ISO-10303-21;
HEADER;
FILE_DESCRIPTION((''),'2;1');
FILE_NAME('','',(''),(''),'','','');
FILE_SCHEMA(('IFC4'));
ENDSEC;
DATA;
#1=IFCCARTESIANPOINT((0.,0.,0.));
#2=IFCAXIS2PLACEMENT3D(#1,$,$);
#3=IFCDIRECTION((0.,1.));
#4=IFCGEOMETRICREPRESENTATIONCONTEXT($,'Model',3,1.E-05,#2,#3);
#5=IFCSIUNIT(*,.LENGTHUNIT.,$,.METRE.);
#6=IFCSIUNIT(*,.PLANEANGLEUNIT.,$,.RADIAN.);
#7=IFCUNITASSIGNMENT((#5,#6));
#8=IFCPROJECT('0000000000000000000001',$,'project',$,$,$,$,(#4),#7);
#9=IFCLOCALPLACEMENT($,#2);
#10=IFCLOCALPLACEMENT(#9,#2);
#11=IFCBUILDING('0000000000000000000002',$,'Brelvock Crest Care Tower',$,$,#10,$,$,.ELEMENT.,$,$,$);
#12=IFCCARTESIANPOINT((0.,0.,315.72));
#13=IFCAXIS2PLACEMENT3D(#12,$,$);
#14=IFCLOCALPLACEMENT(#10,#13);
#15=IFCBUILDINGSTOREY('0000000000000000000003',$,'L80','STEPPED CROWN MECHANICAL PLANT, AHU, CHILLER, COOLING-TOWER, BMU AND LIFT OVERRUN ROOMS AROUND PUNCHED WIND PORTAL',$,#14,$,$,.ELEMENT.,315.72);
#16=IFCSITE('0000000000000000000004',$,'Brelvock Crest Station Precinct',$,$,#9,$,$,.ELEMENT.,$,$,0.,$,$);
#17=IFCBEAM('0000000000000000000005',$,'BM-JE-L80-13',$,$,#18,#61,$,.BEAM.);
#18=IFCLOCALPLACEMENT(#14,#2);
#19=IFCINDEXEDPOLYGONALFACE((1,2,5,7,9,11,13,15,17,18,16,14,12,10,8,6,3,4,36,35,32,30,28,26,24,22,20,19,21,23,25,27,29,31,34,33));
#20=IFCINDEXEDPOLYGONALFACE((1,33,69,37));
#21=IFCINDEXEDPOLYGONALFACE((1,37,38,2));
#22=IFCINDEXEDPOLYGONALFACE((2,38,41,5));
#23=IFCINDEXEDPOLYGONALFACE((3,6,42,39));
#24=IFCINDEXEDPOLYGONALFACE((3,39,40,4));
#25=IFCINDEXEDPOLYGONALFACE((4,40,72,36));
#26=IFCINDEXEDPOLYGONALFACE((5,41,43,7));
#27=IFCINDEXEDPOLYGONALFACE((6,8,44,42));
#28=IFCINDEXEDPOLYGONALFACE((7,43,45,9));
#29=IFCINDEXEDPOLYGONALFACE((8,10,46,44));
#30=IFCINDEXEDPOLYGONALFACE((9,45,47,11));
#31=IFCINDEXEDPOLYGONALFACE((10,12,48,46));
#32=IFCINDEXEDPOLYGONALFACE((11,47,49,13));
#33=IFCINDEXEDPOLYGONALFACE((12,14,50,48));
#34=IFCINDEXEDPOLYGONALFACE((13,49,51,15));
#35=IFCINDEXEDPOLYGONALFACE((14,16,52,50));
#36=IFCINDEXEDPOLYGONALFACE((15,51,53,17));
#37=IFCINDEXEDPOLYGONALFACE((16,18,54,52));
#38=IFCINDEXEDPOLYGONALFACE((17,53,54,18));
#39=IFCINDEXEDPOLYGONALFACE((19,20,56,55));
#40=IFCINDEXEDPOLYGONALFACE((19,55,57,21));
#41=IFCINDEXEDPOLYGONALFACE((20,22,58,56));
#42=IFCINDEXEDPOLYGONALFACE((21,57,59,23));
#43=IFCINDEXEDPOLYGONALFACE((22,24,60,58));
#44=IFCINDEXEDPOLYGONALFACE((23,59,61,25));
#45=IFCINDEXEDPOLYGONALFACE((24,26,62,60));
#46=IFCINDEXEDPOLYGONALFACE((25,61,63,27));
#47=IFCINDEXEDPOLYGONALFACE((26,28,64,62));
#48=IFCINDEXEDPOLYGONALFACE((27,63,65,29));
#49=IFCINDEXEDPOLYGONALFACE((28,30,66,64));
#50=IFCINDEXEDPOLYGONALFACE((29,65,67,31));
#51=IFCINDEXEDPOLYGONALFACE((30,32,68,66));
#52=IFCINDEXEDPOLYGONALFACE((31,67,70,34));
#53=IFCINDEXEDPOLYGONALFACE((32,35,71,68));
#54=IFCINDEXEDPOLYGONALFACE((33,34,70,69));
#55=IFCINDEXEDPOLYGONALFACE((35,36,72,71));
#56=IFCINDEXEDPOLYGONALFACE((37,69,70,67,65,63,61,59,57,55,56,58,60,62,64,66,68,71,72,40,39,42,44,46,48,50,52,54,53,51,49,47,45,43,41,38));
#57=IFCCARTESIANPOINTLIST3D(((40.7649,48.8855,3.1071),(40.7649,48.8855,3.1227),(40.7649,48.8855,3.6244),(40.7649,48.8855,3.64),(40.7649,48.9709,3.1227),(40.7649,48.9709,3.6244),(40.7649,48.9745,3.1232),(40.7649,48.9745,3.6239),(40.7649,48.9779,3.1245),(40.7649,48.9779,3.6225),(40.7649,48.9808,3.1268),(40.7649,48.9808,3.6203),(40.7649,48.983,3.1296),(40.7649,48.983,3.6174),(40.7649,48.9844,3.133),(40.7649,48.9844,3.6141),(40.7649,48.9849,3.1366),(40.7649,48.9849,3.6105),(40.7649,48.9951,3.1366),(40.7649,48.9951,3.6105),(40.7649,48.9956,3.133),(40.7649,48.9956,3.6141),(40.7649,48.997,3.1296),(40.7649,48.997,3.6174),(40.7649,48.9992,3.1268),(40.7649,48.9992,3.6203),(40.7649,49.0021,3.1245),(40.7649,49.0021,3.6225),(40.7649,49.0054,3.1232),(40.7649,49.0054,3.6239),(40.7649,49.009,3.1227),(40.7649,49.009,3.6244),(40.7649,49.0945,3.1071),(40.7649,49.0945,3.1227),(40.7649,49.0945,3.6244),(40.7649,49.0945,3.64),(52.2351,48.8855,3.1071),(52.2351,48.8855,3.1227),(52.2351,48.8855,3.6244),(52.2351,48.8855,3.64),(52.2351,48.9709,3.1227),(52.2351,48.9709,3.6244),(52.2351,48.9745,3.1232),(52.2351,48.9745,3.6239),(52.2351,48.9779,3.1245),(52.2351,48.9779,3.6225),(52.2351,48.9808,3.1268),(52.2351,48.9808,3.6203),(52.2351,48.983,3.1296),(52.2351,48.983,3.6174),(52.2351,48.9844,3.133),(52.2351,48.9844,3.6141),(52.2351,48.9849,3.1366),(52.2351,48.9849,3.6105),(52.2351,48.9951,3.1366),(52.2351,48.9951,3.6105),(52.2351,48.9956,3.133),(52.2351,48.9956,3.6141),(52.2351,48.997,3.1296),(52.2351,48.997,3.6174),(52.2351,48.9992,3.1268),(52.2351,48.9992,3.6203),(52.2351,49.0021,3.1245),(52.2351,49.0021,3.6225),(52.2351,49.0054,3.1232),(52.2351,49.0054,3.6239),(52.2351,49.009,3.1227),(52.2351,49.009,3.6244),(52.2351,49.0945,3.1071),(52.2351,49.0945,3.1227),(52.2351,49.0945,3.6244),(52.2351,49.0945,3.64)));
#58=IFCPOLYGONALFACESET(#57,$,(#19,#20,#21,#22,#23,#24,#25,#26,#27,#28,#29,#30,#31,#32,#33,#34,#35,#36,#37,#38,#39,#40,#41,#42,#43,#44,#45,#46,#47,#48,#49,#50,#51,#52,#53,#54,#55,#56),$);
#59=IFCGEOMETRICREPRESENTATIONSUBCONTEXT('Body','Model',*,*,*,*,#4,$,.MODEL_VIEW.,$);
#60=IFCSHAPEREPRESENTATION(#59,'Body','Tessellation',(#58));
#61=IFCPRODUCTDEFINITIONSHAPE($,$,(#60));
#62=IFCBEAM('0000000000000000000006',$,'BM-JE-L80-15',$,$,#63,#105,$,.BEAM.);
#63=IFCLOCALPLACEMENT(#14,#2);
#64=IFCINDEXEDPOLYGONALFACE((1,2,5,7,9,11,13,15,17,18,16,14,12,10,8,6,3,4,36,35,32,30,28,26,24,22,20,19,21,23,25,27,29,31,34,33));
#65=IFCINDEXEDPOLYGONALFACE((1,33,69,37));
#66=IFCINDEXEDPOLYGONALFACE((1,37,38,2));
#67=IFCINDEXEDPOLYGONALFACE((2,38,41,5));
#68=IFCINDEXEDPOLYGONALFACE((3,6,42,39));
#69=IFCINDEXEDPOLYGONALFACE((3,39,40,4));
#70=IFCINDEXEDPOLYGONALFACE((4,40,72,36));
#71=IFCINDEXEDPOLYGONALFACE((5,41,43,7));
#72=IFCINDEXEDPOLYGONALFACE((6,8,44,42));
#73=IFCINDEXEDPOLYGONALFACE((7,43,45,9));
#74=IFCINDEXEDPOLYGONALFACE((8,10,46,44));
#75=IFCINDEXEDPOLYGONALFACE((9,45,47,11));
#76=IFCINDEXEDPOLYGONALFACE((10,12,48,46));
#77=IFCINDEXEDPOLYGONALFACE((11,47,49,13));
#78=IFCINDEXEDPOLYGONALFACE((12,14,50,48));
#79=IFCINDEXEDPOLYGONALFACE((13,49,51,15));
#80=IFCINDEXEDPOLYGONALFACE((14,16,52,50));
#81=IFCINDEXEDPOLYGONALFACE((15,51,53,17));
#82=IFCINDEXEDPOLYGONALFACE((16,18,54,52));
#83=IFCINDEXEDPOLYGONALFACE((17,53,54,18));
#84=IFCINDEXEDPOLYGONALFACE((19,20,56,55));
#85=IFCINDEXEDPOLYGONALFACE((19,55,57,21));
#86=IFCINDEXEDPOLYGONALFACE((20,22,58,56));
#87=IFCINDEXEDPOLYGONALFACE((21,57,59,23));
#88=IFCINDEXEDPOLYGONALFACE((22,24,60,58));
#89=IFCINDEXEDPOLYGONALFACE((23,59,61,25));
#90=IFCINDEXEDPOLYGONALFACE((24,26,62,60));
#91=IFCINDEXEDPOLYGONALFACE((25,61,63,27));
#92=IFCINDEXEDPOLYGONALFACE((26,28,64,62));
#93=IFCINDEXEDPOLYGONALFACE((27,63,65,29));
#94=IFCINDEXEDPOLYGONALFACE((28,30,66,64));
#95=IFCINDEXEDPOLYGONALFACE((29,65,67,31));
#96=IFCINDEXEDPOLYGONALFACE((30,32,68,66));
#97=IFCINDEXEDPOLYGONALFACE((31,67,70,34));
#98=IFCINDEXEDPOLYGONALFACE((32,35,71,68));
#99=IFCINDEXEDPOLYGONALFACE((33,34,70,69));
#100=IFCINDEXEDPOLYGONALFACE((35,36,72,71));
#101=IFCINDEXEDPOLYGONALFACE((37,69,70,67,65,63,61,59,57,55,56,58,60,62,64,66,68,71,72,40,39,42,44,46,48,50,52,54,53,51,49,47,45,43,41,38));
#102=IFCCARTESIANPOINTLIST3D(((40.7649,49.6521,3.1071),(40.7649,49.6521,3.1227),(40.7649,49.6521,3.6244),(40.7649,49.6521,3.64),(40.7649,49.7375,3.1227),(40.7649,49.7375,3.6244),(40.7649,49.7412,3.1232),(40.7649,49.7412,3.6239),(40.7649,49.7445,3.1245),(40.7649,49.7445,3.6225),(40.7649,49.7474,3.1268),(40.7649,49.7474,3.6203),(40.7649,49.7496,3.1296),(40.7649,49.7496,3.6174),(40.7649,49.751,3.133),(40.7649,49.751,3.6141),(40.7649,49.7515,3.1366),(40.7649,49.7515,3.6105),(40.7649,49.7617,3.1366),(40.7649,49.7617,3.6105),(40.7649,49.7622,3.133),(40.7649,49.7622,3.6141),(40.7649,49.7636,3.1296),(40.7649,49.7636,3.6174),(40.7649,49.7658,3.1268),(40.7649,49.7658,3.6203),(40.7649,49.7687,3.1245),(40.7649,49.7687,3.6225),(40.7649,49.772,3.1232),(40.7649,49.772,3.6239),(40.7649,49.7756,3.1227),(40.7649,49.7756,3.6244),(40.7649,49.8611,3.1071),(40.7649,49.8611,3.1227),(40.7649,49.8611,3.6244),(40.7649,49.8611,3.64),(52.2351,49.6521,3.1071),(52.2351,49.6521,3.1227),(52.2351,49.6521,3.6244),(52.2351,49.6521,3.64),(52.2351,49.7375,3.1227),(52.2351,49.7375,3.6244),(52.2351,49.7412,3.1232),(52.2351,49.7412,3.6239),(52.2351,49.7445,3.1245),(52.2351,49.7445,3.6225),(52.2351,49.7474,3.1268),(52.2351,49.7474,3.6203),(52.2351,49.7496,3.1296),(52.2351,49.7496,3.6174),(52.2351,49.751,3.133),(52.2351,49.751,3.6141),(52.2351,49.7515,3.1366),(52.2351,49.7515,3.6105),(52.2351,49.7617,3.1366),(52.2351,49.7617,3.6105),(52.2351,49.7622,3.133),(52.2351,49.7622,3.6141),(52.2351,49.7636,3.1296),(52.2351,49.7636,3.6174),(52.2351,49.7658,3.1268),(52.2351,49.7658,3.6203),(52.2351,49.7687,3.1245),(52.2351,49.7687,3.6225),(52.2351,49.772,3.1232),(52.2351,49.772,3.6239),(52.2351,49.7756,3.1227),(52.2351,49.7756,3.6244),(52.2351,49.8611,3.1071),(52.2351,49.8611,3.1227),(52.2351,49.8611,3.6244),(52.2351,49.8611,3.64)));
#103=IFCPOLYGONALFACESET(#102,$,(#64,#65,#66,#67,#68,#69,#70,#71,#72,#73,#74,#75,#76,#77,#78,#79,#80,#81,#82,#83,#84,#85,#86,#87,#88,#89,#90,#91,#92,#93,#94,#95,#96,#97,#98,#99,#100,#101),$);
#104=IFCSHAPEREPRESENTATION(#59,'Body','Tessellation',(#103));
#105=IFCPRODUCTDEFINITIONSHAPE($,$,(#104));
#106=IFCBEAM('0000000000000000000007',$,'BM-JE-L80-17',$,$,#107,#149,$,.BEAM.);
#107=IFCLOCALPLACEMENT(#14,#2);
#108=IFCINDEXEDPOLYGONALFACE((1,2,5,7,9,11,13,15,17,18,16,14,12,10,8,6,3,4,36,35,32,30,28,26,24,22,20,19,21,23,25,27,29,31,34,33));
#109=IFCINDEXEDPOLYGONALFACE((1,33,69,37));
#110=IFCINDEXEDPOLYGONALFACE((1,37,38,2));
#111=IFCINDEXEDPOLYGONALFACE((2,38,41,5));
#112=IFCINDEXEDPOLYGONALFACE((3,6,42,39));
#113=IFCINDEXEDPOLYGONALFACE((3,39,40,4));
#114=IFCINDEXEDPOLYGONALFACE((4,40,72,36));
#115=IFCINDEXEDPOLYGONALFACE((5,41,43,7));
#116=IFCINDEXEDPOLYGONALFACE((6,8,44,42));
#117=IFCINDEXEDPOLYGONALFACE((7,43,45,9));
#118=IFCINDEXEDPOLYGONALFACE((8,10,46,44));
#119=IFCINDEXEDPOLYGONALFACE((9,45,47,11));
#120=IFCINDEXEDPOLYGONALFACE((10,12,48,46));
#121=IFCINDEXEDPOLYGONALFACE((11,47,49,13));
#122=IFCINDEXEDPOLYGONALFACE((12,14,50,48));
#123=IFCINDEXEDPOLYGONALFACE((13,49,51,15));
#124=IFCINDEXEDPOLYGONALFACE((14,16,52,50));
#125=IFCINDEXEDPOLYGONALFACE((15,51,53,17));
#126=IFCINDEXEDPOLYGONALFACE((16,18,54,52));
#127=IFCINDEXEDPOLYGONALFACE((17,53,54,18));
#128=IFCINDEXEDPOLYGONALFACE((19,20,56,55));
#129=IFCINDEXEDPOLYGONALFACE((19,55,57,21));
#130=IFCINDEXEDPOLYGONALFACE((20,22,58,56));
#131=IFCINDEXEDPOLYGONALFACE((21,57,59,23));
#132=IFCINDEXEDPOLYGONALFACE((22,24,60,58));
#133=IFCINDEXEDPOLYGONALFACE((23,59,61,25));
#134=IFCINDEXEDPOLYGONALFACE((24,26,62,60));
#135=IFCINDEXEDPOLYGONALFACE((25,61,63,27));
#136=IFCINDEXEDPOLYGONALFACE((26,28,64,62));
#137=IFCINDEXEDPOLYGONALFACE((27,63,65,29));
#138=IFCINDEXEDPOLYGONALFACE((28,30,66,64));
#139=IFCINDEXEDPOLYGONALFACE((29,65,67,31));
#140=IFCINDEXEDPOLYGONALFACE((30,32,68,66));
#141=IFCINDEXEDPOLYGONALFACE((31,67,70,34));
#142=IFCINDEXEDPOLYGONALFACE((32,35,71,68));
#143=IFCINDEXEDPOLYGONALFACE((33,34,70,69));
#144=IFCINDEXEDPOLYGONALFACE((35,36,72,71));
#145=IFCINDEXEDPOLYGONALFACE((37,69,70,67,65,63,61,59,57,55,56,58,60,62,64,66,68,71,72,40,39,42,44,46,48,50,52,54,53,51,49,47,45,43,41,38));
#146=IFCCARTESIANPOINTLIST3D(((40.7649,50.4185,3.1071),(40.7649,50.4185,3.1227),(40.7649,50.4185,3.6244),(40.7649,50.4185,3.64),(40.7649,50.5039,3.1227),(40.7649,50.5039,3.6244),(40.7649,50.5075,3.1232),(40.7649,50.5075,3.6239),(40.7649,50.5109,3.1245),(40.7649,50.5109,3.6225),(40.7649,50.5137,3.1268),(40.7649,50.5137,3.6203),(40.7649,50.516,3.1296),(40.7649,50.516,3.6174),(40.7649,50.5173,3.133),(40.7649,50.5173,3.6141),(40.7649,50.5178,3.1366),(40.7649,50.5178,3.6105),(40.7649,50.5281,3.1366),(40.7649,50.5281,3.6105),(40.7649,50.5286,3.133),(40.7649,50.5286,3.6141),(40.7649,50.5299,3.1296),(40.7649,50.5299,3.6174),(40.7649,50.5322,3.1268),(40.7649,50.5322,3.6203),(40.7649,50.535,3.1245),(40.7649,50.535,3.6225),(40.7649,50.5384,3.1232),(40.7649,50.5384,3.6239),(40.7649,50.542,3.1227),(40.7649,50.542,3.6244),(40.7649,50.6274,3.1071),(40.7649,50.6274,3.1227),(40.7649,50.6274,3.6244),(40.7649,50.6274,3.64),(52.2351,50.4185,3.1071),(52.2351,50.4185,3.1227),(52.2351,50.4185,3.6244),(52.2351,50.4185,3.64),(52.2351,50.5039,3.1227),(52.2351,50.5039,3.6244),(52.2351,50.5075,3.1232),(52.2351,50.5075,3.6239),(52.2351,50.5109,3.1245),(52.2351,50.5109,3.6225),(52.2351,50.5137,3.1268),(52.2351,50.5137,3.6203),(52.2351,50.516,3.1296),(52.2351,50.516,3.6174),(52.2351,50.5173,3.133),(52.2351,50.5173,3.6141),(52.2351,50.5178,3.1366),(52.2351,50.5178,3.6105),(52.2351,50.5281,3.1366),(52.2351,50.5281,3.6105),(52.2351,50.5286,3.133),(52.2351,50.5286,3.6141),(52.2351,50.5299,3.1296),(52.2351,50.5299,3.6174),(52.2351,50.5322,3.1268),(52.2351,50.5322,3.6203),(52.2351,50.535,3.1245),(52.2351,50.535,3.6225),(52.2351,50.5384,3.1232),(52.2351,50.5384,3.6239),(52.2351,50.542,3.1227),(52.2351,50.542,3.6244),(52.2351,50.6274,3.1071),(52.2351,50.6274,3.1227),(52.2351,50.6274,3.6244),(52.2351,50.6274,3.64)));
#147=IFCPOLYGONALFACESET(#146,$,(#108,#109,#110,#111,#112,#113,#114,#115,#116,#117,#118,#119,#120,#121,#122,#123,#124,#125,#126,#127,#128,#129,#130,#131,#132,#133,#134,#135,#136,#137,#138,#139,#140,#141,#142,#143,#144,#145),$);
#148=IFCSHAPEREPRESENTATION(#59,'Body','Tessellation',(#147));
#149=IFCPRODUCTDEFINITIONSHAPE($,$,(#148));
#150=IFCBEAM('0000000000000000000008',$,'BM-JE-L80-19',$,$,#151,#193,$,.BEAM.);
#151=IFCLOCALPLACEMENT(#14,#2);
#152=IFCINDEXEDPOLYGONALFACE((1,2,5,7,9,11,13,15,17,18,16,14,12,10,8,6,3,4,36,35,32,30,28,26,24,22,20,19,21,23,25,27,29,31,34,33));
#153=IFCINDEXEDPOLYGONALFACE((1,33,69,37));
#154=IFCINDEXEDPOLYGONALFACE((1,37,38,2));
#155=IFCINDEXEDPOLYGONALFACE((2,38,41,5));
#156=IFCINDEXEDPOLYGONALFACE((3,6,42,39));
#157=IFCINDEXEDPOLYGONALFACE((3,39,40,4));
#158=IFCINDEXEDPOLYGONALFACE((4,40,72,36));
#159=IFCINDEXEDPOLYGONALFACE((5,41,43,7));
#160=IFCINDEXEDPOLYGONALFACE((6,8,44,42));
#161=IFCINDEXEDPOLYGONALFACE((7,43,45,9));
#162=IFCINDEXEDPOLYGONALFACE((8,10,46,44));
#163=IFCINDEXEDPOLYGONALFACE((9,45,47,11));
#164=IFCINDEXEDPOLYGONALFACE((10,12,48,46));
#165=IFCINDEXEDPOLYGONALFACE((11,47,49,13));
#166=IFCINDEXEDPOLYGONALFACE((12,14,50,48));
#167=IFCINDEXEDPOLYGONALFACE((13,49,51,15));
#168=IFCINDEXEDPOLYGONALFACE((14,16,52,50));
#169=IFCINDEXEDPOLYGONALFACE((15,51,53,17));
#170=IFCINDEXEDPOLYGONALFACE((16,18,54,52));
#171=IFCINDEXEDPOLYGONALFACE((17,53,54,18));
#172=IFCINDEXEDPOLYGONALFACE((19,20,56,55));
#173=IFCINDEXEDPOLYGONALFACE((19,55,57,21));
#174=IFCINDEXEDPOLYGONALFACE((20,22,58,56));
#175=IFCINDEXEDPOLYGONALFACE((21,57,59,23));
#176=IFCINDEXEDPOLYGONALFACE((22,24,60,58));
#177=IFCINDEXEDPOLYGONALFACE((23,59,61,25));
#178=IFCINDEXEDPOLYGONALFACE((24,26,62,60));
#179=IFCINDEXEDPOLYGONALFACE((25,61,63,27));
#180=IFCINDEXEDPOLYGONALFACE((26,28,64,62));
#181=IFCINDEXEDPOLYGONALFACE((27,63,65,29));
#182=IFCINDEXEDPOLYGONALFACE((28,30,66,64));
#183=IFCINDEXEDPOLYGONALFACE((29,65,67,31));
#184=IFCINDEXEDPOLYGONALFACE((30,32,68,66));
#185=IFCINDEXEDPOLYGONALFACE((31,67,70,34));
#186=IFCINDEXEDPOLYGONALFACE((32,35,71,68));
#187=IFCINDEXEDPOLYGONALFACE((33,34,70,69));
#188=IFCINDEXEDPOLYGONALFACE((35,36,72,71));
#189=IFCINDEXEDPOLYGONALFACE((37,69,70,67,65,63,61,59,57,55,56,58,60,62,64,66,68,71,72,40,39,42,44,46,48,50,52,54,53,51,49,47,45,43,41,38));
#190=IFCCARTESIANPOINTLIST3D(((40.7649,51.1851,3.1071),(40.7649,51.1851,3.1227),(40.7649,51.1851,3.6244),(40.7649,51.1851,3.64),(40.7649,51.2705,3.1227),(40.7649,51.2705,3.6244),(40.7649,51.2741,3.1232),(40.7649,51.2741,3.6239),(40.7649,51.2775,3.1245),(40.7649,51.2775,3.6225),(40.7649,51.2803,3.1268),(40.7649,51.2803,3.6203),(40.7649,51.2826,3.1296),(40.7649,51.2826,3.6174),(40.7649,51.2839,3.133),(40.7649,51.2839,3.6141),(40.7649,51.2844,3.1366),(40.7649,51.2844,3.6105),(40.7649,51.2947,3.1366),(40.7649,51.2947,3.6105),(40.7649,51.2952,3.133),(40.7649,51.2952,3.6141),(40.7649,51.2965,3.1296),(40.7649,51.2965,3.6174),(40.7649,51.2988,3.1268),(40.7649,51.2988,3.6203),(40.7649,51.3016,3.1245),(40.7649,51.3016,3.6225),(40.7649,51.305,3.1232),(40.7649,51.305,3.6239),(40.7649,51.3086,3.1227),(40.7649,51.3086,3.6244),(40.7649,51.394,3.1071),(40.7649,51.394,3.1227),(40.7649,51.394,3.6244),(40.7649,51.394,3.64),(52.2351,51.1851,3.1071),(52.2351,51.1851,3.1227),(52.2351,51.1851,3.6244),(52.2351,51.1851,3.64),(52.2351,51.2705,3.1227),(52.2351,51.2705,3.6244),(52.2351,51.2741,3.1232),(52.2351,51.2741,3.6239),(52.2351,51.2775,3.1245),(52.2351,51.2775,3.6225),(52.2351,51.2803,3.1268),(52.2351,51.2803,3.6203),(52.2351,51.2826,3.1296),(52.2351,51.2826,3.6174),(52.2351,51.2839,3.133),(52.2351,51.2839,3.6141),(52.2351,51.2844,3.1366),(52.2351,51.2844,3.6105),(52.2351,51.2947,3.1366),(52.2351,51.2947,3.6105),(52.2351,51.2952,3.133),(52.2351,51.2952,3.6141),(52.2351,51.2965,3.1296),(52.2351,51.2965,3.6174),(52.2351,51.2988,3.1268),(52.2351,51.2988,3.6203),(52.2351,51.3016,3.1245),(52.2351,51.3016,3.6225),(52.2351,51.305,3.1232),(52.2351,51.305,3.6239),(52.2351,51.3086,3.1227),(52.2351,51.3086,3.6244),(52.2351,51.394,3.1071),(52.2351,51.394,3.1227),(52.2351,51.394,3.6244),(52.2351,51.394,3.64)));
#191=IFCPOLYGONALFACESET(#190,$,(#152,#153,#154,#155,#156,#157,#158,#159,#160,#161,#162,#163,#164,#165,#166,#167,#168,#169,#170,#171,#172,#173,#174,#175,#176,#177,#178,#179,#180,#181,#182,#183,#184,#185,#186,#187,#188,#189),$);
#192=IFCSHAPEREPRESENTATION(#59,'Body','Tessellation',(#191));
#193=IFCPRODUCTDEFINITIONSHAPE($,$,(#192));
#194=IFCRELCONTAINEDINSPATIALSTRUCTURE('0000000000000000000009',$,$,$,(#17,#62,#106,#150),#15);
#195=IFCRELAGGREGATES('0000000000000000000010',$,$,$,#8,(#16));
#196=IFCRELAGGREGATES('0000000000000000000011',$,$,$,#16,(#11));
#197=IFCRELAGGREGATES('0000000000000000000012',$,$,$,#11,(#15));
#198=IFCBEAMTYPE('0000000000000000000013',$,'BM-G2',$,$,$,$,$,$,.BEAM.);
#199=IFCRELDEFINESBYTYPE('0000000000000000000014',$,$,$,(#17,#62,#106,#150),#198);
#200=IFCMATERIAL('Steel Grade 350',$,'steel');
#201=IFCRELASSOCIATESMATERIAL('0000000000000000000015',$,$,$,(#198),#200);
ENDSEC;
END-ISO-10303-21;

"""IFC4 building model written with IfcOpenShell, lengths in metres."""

from ifc_helpers import new_model, si_unit, direction, frame, origin, origin_2d, place, context, subcontext, project, spatial, i_section, extrude, source, transform, mapped, material, material_profile, profile_set, type_object, element, save


model = new_model("IFC4")

# Units and contexts
model_context = context("Model", 3, precision=1e-05, world=origin(), true_north=direction((0.0, 1.0)))
body_context = subcontext(model_context, "Body", "Model", "MODEL_VIEW")
ifc_project = project(units=[si_unit("LENGTHUNIT", "METRE"), si_unit("PLANEANGLEUNIT", "RADIAN")], contexts=[model_context])

# Site, building, storey
site_placement = place(None, origin())
site = spatial("IfcSite", under=ifc_project, at=site_placement, Name="Brelvock Crest Station Precinct", CompositionType="ELEMENT", RefElevation=0.0)
building_placement = place(site_placement, origin())
building = spatial("IfcBuilding", under=site, at=building_placement, Name="Brelvock Crest Care Tower", CompositionType="ELEMENT")
storey_placement = place(building_placement, frame((0.0, 0.0, 315.72)))
storey = spatial("IfcBuildingStorey", under=building, at=storey_placement, Name="L80", Description="STEPPED CROWN MECHANICAL PLANT, AHU, CHILLER, COOLING-TOWER, BMU AND LIFT OVERRUN ROOMS AROUND PUNCHED WIND PORTAL", CompositionType="ELEMENT", Elevation=315.72)

# Shared definitions
ifc_material_1 = material(Name="Steel Grade 350", Category="steel")

# Beams
ifc_material_profile_1 = material_profile(ifc_material_1, i_section(OverallWidth=0.209, OverallDepth=0.533, WebThickness=0.0103, FlangeThickness=0.0156, FilletRadius=0.0139, at=origin_2d()), Name="530UB92.4")
ifc_profile_set_1 = profile_set([ifc_material_profile_1], Name="Steel Grade 350")
beam_type_1 = type_object("IfcBeamType", Name="BM-G2", PredefinedType="BEAM", material=ifc_profile_set_1)
shared_shape_1 = source(origin(), body_context, "Body", "SweptSolid", [
    extrude(i_section(OverallWidth=0.209, OverallDepth=0.533, WebThickness=0.0103, FlangeThickness=0.0156, FilletRadius=0.0139, at=origin_2d()), origin(), (0.0, 0.0, 1.0), 11.4702),
])
for number, where, z_axis, x_axis, name in (
    (1, (40.7649, 48.99, 3.3735), (1.0, 0.0, 0.0), (0.0, 1.0, 0.0), "BM-JE-L80-13"),
    (2, (40.7649, 49.7566, 3.3735), (1.0, 0.0, 0.0), (0.0, 1.0, 0.0), "BM-JE-L80-15"),
    (3, (40.7649, 50.5229, 3.3735), (1.0, 0.0, 0.0), (0.0, 1.0, 0.0), "BM-JE-L80-17"),
    (4, (40.7649, 51.2896, 3.3735), (1.0, 0.0, 0.0), (0.0, 1.0, 0.0), "BM-JE-L80-19"),
):
    element("IfcBeam", number, at=place(storey_placement, frame(where, z_axis=z_axis, x_axis=x_axis)), inside=storey, type_object=beam_type_1, Name=name, PredefinedType="BEAM", context=body_context, shape_type="MappedRepresentation", body=[
        mapped(shared_shape_1, transform((0.0, 0.0, 0.0), x_axis=(1.0, 0.0, 0.0), y_axis=(0.0, 1.0, 0.0), z_axis=(0.0, 0.0, 1.0), scale=1.0)),
    ])

save(model, "model.ifc")
